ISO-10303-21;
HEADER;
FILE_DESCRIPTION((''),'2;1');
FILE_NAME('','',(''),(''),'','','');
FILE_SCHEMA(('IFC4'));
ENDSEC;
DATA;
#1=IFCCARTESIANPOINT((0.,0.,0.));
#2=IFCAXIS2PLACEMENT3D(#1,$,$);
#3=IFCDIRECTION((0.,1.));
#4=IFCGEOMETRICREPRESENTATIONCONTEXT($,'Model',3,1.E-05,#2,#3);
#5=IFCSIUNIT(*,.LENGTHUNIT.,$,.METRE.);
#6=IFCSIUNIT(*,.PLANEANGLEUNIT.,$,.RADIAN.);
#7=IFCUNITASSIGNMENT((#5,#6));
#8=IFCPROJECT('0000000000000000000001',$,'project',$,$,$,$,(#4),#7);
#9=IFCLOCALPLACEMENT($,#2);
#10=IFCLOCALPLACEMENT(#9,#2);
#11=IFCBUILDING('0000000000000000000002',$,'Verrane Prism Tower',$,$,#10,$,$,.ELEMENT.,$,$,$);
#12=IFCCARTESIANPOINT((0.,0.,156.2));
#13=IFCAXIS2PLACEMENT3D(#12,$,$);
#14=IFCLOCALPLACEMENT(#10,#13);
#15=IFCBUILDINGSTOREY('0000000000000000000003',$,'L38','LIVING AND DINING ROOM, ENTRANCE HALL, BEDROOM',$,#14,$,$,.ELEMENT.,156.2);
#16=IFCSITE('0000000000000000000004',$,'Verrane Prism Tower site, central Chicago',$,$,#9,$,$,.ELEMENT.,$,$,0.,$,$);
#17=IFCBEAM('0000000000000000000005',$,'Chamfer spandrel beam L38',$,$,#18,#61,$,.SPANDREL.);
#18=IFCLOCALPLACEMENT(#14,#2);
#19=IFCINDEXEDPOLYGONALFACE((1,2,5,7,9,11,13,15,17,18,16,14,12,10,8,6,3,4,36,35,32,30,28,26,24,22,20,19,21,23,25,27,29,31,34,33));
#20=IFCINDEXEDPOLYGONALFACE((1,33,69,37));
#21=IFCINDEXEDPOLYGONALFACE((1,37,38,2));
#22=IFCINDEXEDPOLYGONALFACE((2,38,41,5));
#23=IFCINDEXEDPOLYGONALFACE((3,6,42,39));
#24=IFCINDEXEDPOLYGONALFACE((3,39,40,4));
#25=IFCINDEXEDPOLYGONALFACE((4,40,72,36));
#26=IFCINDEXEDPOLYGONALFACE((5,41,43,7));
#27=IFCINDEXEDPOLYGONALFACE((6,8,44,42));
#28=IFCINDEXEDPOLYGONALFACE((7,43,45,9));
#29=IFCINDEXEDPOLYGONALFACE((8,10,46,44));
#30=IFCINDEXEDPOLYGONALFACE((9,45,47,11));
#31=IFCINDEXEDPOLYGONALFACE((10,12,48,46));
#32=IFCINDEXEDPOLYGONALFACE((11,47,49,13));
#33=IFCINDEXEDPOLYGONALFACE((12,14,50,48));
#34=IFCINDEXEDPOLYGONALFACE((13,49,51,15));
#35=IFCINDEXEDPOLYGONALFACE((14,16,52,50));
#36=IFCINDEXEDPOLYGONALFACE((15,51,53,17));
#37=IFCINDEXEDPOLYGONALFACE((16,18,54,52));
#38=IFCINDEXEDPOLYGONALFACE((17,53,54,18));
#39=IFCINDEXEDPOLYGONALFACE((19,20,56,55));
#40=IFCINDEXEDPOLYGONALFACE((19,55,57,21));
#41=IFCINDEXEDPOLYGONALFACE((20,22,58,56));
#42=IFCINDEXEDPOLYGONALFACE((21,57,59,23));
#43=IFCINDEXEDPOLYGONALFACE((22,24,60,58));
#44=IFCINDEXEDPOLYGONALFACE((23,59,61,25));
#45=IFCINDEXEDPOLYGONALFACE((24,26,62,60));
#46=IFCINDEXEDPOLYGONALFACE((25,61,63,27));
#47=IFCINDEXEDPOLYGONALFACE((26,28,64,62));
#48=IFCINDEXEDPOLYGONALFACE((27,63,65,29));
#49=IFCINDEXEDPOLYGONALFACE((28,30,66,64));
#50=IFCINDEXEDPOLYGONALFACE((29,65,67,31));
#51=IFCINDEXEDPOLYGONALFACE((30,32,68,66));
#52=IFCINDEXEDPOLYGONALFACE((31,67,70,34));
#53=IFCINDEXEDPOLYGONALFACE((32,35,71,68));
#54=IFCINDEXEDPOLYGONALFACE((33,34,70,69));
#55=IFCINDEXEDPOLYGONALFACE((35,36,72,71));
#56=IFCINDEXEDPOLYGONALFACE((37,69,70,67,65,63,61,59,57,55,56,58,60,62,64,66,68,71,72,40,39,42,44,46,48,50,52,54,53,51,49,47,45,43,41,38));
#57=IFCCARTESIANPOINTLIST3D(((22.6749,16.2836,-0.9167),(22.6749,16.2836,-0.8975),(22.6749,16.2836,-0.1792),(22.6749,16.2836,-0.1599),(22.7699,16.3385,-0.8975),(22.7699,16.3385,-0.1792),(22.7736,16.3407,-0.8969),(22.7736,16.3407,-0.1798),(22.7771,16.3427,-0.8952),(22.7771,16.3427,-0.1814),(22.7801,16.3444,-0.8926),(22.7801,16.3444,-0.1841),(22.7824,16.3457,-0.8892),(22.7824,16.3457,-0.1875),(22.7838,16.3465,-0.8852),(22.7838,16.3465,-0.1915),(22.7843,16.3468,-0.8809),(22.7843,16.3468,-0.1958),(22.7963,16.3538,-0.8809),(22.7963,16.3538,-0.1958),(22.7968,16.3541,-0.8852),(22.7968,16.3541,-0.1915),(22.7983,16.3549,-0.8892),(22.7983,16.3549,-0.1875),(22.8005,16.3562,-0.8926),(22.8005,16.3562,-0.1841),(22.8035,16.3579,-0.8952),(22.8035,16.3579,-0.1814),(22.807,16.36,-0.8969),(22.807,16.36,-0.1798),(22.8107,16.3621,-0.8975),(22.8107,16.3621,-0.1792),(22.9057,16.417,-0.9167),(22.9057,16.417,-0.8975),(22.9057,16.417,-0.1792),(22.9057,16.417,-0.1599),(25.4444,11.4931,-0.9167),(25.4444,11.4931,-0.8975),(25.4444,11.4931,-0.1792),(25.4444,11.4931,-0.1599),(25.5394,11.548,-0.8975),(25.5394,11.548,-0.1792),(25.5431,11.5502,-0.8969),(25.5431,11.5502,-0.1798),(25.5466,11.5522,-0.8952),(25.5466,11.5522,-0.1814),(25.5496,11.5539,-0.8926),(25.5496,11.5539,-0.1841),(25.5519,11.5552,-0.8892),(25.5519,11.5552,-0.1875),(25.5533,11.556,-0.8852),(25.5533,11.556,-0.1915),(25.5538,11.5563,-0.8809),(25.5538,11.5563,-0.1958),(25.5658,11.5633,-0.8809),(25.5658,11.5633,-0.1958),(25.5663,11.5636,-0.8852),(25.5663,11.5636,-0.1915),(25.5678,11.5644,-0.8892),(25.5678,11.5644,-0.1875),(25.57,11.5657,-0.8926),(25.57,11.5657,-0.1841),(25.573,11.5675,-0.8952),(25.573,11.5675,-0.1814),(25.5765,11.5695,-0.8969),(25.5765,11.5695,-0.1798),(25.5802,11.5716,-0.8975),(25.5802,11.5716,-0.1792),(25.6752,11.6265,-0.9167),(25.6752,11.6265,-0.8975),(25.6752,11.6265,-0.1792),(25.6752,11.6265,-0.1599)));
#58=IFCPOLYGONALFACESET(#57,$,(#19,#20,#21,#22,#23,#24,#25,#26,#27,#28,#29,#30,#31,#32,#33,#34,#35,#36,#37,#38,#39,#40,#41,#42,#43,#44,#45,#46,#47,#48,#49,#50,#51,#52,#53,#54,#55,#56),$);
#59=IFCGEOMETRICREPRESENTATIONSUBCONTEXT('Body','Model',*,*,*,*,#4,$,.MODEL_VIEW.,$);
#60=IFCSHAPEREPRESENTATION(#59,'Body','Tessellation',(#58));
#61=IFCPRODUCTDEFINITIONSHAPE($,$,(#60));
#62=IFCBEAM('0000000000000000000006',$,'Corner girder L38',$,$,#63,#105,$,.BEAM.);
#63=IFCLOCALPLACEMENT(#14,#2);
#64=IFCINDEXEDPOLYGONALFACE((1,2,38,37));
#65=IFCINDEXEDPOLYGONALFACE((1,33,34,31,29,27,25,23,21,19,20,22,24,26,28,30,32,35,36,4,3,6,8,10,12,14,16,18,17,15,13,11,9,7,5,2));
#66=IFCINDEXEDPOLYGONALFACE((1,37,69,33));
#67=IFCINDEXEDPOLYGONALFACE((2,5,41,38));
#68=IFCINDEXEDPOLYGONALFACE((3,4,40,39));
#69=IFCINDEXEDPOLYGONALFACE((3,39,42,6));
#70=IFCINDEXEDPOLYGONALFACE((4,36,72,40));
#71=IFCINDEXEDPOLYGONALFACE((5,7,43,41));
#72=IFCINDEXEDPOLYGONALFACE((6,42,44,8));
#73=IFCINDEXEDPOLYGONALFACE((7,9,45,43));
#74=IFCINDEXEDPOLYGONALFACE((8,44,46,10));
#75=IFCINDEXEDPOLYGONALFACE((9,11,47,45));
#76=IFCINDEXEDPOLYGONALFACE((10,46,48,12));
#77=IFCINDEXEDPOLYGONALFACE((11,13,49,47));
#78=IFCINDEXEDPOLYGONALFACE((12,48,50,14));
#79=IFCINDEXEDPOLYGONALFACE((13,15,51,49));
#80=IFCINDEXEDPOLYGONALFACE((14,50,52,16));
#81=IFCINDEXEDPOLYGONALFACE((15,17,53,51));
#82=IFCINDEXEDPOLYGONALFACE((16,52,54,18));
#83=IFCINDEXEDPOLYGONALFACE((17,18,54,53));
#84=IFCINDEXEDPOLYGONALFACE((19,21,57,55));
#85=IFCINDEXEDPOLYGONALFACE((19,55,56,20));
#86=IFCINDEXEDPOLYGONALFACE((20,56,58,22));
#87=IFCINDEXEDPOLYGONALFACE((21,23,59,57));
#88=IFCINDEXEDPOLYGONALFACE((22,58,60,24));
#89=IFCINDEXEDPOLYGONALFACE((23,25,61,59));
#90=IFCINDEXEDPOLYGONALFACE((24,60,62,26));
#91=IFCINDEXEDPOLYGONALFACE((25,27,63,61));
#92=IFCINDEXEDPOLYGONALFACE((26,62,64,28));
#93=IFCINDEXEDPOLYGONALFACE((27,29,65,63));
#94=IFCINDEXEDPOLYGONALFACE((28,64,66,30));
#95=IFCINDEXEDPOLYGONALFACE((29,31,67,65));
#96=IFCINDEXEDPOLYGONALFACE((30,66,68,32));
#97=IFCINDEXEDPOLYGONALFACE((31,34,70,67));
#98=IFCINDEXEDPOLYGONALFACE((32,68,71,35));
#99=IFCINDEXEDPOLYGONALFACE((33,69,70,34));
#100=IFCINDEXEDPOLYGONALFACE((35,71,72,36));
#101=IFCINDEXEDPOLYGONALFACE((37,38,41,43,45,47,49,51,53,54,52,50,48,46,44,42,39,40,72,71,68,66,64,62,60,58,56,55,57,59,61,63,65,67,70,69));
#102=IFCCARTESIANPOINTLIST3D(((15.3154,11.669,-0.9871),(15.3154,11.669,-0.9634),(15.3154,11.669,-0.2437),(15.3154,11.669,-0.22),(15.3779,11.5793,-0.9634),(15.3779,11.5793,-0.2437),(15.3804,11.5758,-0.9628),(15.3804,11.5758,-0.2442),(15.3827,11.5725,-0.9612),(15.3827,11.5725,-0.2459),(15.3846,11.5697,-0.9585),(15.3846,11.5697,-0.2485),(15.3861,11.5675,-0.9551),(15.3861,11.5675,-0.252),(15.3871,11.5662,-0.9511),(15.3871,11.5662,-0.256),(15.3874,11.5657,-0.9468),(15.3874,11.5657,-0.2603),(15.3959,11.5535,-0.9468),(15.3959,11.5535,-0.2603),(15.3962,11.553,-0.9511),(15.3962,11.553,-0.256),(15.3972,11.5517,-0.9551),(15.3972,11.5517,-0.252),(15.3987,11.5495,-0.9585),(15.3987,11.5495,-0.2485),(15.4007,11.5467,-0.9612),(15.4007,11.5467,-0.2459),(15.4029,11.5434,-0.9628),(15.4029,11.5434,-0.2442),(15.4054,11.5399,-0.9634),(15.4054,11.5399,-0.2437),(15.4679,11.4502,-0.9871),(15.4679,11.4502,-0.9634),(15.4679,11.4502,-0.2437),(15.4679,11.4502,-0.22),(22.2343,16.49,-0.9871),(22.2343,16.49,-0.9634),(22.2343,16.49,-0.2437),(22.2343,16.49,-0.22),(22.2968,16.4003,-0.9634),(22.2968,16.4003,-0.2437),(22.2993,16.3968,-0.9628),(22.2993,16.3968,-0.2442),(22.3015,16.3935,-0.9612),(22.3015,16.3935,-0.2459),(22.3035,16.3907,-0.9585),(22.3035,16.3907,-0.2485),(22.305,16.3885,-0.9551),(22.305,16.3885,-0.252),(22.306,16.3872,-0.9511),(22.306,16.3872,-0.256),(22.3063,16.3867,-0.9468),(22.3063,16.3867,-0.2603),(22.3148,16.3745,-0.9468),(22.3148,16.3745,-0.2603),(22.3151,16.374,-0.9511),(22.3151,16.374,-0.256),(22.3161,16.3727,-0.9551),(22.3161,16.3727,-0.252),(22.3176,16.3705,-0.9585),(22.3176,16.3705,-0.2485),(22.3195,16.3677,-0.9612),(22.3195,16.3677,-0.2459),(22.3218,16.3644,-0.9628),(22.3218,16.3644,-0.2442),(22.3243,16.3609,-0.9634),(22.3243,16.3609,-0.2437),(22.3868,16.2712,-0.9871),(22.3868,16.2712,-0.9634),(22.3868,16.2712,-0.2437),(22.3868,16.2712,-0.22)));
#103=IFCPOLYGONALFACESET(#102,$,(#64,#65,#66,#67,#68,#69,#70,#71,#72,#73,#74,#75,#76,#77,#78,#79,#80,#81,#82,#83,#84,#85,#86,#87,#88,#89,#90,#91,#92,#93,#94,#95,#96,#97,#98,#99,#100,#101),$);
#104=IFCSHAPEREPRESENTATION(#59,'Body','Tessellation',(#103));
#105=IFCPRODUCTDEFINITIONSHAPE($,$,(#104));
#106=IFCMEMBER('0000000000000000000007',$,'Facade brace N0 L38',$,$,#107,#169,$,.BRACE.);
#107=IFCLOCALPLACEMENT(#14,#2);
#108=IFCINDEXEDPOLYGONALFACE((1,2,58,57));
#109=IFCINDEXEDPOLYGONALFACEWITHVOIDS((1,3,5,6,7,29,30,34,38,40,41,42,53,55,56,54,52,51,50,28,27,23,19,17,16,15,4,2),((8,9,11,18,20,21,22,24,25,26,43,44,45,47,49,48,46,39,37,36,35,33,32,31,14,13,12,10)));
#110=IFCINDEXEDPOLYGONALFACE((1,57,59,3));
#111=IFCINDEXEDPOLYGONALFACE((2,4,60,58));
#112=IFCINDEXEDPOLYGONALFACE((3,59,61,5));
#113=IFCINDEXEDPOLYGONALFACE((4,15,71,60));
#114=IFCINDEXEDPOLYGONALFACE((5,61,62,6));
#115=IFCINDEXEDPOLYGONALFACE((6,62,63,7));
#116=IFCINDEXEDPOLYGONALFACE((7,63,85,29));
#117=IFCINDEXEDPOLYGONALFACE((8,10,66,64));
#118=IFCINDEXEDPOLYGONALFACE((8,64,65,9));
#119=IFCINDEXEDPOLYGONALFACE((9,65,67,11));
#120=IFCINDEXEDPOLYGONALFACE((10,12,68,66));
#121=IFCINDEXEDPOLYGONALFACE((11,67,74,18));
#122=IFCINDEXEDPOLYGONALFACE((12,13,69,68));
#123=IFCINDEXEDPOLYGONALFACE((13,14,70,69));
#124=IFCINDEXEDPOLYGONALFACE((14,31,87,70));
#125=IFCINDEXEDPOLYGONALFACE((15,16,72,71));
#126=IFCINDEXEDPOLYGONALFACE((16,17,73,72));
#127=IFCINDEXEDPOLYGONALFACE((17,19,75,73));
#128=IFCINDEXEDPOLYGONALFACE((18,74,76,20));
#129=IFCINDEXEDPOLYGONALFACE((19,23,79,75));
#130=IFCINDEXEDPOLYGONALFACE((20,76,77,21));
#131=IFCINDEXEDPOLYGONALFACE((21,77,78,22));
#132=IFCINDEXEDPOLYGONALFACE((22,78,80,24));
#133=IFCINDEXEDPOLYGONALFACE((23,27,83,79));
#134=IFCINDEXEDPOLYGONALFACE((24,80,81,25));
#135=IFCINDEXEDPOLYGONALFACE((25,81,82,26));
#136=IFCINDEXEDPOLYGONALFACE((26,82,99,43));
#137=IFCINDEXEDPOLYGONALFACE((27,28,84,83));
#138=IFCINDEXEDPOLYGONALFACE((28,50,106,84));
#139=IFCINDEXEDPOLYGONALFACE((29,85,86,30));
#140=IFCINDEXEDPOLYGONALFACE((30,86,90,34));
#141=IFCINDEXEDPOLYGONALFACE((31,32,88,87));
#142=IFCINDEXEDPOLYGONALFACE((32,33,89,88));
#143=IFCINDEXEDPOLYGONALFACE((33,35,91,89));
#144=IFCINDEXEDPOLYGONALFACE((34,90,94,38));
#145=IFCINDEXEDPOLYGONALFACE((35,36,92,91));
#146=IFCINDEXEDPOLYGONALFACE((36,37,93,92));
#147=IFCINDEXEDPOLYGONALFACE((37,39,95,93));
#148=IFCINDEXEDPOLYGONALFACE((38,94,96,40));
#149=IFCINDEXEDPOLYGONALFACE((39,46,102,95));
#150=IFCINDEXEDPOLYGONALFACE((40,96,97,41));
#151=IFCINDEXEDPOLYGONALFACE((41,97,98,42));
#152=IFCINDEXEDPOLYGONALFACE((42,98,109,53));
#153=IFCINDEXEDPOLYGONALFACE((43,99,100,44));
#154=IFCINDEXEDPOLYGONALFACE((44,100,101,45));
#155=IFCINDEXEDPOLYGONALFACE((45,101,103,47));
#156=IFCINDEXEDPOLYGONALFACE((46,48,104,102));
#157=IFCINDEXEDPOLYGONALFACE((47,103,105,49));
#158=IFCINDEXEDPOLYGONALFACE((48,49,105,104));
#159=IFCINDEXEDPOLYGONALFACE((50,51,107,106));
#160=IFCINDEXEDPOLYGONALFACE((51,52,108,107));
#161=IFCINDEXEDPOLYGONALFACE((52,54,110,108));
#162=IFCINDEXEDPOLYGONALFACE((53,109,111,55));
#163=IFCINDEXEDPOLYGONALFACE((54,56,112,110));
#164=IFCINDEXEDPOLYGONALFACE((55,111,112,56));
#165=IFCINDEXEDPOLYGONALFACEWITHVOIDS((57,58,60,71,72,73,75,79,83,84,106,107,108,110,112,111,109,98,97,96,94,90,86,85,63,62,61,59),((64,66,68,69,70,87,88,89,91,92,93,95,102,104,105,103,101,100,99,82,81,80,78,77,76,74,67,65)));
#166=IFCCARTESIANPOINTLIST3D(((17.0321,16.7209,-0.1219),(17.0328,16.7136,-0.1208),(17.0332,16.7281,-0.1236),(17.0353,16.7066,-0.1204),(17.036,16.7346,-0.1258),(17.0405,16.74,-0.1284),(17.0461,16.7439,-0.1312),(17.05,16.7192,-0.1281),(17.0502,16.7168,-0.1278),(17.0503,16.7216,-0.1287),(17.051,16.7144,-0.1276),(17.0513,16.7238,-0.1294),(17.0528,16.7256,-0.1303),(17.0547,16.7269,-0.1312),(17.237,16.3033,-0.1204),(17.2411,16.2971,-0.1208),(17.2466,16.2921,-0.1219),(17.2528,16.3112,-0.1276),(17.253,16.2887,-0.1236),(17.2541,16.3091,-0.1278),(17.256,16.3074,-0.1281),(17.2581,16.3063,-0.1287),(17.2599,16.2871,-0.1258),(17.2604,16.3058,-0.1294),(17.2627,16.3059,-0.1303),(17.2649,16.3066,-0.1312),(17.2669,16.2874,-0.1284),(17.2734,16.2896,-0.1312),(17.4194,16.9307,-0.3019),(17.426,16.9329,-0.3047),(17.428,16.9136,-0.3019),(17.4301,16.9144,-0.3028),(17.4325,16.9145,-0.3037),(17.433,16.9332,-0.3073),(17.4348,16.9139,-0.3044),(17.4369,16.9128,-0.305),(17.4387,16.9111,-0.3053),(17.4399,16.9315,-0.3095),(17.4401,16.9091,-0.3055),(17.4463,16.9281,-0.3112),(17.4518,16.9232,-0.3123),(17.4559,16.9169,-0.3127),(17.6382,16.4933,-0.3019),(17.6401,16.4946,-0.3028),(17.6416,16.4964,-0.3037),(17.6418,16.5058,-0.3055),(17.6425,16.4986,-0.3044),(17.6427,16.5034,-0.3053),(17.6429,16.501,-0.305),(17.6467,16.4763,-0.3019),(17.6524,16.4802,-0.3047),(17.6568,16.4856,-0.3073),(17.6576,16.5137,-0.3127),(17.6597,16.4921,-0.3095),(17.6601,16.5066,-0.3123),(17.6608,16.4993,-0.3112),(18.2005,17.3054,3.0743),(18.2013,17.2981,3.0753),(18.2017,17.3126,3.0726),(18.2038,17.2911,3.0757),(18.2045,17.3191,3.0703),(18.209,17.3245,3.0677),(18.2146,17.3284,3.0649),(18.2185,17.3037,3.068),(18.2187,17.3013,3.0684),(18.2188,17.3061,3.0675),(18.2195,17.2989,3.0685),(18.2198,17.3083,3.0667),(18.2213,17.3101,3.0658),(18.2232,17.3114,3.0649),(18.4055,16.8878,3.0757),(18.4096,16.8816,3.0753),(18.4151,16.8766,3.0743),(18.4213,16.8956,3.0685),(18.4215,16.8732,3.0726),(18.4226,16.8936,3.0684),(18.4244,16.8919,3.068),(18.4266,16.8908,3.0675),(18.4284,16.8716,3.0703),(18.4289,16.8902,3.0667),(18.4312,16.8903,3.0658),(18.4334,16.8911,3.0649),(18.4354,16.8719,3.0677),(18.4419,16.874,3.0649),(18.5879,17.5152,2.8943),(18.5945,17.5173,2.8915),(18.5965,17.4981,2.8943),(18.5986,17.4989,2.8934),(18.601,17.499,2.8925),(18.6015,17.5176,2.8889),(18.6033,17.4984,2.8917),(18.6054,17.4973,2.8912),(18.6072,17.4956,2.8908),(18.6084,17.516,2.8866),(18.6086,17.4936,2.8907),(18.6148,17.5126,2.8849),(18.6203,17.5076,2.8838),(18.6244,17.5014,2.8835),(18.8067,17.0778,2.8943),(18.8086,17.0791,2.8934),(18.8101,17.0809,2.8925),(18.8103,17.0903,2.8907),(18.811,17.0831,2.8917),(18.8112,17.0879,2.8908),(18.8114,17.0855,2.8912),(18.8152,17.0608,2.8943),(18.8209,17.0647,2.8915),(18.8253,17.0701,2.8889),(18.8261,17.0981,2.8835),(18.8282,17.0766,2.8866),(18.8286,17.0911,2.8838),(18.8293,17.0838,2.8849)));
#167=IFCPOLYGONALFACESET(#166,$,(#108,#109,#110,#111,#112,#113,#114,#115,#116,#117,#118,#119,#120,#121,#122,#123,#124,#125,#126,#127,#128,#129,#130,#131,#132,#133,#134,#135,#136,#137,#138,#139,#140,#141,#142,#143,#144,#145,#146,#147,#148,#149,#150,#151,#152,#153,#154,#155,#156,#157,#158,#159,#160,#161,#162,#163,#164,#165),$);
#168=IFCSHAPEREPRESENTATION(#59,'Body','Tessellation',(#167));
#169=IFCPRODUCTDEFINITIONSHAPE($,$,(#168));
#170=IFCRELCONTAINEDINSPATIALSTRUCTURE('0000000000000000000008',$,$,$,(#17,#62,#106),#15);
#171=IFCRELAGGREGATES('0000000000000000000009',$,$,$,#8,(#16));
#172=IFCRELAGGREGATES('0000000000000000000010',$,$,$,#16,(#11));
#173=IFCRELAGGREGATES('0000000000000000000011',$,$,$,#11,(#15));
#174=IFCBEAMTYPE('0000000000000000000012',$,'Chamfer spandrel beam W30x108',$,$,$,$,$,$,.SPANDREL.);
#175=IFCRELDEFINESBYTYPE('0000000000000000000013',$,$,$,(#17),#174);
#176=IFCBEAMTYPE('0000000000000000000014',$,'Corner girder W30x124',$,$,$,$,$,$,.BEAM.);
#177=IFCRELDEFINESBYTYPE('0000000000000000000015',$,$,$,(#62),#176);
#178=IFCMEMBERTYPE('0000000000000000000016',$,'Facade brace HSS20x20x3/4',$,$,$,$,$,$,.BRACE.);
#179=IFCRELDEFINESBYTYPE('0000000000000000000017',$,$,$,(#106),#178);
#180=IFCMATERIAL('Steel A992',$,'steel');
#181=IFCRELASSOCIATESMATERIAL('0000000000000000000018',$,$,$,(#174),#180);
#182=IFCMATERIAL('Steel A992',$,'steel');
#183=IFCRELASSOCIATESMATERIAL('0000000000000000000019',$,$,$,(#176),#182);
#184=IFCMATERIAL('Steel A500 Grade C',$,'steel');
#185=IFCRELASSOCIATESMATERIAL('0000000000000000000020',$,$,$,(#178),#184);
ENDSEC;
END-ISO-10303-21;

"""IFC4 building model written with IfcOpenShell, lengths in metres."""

from ifc_helpers import new_model, si_unit, direction, frame, origin, origin_2d, place, context, subcontext, project, spatial, hollow_rectangle, i_section, extrude, material, material_profile, profile_set, type_object, element, save


model = new_model("IFC4")

# Units and contexts
model_context = context("Model", 3, precision=1e-05, world=origin(), true_north=direction((0.0, 1.0)))
body_context = subcontext(model_context, "Body", "Model", "MODEL_VIEW")
ifc_project = project(units=[si_unit("LENGTHUNIT", "METRE"), si_unit("PLANEANGLEUNIT", "RADIAN")], contexts=[model_context])

# Site, building, storey
site_placement = place(None, origin())
site = spatial("IfcSite", under=ifc_project, at=site_placement, Name="Verrane Prism Tower site, central Chicago", CompositionType="ELEMENT", RefElevation=0.0)
building_placement = place(site_placement, origin())
building = spatial("IfcBuilding", under=site, at=building_placement, Name="Verrane Prism Tower", CompositionType="ELEMENT")
storey_placement = place(building_placement, frame((0.0, 0.0, 156.2)))
storey = spatial("IfcBuildingStorey", under=building, at=storey_placement, Name="L38", Description="LIVING AND DINING ROOM, ENTRANCE HALL, BEDROOM", CompositionType="ELEMENT", Elevation=156.2)

# Beams
ifc_material_1 = material(Name="Steel A992", Category="steel")
ifc_material_profile_1 = material_profile(ifc_material_1, i_section(OverallWidth=0.2666, OverallDepth=0.7568, WebThickness=0.0139, FlangeThickness=0.0193, FilletRadius=0.0166, at=origin_2d()), Name="W30x108")
ifc_profile_set_1 = profile_set([ifc_material_profile_1], Name="Steel A992")
beam_type_1 = type_object("IfcBeamType", Name="Chamfer spandrel beam W30x108", PredefinedType="SPANDREL", material=ifc_profile_set_1)
beam_1_placement = place(storey_placement, frame((25.5598, 11.5598, -0.5383), z_axis=(-0.500504, 0.865734, 0.0), x_axis=(-0.865734, -0.500504, 0.0)))
element("IfcBeam", 1, at=beam_1_placement, inside=storey, type_object=beam_type_1, Name="Chamfer spandrel beam L38", PredefinedType="SPANDREL", context=body_context, shape_type="SweptSolid", body=[
    extrude(i_section(OverallWidth=0.2666, OverallDepth=0.7568, WebThickness=0.0139, FlangeThickness=0.0193, FilletRadius=0.0166, at=origin_2d()), origin(), (0.0, 0.0, 1.0), 5.5334),
])
ifc_material_2 = material(Name="Steel A992", Category="steel")
ifc_material_profile_2 = material_profile(ifc_material_2, i_section(OverallWidth=0.2666, OverallDepth=0.7671, WebThickness=0.0149, FlangeThickness=0.0237, FilletRadius=0.0166, at=origin_2d()), Name="W30x124")
ifc_profile_set_2 = profile_set([ifc_material_profile_2], Name="Steel A992")
beam_type_2 = type_object("IfcBeamType", Name="Corner girder W30x124", PredefinedType="BEAM", material=ifc_profile_set_2)
beam_2_placement = place(storey_placement, frame((22.3105, 16.3806, -0.6035), z_axis=(-0.820468, -0.571693, 0.0), x_axis=(0.571693, -0.820468, 0.0)))
element("IfcBeam", 2, at=beam_2_placement, inside=storey, type_object=beam_type_2, Name="Corner girder L38", PredefinedType="BEAM", context=body_context, shape_type="SweptSolid", body=[
    extrude(i_section(OverallWidth=0.2666, OverallDepth=0.7671, WebThickness=0.0149, FlangeThickness=0.0237, FilletRadius=0.0166, at=origin_2d()), origin(), (0.0, 0.0, 1.0), 8.4329),
])

# Member
ifc_material_3 = material(Name="Steel A500 Grade C", Category="steel")
ifc_material_profile_3 = material_profile(ifc_material_3, hollow_rectangle(XDim=0.5081, YDim=0.5081, WallThickness=0.019, InnerFilletRadius=0.0095, OuterFilletRadius=0.0286, at=origin_2d()), Name="HSS20x20x3/4")
ifc_profile_set_3 = profile_set([ifc_material_profile_3], Name="Steel A500 Grade C")
member_type_1 = type_object("IfcMemberType", Name="Facade brace HSS20x20x3/4", PredefinedType="BRACE", material=ifc_profile_set_3)
member_1_placement = place(storey_placement, frame((17.3464, 16.6101, -0.2166), z_axis=(0.338412, 0.169277, 0.925647), x_axis=(-0.447363, 0.894352, 0.0)))
element("IfcMember", 3, at=member_1_placement, inside=storey, type_object=member_type_1, Name="Facade brace N0 L38", PredefinedType="BRACE", context=body_context, shape_type="SweptSolid", body=[
    extrude(hollow_rectangle(XDim=0.5081, YDim=0.5081, WallThickness=0.019, InnerFilletRadius=0.0095, OuterFilletRadius=0.0286, at=origin_2d()), origin(), (0.0, 0.0, 1.0), 3.4529),
])

save(model, "model.ifc")
